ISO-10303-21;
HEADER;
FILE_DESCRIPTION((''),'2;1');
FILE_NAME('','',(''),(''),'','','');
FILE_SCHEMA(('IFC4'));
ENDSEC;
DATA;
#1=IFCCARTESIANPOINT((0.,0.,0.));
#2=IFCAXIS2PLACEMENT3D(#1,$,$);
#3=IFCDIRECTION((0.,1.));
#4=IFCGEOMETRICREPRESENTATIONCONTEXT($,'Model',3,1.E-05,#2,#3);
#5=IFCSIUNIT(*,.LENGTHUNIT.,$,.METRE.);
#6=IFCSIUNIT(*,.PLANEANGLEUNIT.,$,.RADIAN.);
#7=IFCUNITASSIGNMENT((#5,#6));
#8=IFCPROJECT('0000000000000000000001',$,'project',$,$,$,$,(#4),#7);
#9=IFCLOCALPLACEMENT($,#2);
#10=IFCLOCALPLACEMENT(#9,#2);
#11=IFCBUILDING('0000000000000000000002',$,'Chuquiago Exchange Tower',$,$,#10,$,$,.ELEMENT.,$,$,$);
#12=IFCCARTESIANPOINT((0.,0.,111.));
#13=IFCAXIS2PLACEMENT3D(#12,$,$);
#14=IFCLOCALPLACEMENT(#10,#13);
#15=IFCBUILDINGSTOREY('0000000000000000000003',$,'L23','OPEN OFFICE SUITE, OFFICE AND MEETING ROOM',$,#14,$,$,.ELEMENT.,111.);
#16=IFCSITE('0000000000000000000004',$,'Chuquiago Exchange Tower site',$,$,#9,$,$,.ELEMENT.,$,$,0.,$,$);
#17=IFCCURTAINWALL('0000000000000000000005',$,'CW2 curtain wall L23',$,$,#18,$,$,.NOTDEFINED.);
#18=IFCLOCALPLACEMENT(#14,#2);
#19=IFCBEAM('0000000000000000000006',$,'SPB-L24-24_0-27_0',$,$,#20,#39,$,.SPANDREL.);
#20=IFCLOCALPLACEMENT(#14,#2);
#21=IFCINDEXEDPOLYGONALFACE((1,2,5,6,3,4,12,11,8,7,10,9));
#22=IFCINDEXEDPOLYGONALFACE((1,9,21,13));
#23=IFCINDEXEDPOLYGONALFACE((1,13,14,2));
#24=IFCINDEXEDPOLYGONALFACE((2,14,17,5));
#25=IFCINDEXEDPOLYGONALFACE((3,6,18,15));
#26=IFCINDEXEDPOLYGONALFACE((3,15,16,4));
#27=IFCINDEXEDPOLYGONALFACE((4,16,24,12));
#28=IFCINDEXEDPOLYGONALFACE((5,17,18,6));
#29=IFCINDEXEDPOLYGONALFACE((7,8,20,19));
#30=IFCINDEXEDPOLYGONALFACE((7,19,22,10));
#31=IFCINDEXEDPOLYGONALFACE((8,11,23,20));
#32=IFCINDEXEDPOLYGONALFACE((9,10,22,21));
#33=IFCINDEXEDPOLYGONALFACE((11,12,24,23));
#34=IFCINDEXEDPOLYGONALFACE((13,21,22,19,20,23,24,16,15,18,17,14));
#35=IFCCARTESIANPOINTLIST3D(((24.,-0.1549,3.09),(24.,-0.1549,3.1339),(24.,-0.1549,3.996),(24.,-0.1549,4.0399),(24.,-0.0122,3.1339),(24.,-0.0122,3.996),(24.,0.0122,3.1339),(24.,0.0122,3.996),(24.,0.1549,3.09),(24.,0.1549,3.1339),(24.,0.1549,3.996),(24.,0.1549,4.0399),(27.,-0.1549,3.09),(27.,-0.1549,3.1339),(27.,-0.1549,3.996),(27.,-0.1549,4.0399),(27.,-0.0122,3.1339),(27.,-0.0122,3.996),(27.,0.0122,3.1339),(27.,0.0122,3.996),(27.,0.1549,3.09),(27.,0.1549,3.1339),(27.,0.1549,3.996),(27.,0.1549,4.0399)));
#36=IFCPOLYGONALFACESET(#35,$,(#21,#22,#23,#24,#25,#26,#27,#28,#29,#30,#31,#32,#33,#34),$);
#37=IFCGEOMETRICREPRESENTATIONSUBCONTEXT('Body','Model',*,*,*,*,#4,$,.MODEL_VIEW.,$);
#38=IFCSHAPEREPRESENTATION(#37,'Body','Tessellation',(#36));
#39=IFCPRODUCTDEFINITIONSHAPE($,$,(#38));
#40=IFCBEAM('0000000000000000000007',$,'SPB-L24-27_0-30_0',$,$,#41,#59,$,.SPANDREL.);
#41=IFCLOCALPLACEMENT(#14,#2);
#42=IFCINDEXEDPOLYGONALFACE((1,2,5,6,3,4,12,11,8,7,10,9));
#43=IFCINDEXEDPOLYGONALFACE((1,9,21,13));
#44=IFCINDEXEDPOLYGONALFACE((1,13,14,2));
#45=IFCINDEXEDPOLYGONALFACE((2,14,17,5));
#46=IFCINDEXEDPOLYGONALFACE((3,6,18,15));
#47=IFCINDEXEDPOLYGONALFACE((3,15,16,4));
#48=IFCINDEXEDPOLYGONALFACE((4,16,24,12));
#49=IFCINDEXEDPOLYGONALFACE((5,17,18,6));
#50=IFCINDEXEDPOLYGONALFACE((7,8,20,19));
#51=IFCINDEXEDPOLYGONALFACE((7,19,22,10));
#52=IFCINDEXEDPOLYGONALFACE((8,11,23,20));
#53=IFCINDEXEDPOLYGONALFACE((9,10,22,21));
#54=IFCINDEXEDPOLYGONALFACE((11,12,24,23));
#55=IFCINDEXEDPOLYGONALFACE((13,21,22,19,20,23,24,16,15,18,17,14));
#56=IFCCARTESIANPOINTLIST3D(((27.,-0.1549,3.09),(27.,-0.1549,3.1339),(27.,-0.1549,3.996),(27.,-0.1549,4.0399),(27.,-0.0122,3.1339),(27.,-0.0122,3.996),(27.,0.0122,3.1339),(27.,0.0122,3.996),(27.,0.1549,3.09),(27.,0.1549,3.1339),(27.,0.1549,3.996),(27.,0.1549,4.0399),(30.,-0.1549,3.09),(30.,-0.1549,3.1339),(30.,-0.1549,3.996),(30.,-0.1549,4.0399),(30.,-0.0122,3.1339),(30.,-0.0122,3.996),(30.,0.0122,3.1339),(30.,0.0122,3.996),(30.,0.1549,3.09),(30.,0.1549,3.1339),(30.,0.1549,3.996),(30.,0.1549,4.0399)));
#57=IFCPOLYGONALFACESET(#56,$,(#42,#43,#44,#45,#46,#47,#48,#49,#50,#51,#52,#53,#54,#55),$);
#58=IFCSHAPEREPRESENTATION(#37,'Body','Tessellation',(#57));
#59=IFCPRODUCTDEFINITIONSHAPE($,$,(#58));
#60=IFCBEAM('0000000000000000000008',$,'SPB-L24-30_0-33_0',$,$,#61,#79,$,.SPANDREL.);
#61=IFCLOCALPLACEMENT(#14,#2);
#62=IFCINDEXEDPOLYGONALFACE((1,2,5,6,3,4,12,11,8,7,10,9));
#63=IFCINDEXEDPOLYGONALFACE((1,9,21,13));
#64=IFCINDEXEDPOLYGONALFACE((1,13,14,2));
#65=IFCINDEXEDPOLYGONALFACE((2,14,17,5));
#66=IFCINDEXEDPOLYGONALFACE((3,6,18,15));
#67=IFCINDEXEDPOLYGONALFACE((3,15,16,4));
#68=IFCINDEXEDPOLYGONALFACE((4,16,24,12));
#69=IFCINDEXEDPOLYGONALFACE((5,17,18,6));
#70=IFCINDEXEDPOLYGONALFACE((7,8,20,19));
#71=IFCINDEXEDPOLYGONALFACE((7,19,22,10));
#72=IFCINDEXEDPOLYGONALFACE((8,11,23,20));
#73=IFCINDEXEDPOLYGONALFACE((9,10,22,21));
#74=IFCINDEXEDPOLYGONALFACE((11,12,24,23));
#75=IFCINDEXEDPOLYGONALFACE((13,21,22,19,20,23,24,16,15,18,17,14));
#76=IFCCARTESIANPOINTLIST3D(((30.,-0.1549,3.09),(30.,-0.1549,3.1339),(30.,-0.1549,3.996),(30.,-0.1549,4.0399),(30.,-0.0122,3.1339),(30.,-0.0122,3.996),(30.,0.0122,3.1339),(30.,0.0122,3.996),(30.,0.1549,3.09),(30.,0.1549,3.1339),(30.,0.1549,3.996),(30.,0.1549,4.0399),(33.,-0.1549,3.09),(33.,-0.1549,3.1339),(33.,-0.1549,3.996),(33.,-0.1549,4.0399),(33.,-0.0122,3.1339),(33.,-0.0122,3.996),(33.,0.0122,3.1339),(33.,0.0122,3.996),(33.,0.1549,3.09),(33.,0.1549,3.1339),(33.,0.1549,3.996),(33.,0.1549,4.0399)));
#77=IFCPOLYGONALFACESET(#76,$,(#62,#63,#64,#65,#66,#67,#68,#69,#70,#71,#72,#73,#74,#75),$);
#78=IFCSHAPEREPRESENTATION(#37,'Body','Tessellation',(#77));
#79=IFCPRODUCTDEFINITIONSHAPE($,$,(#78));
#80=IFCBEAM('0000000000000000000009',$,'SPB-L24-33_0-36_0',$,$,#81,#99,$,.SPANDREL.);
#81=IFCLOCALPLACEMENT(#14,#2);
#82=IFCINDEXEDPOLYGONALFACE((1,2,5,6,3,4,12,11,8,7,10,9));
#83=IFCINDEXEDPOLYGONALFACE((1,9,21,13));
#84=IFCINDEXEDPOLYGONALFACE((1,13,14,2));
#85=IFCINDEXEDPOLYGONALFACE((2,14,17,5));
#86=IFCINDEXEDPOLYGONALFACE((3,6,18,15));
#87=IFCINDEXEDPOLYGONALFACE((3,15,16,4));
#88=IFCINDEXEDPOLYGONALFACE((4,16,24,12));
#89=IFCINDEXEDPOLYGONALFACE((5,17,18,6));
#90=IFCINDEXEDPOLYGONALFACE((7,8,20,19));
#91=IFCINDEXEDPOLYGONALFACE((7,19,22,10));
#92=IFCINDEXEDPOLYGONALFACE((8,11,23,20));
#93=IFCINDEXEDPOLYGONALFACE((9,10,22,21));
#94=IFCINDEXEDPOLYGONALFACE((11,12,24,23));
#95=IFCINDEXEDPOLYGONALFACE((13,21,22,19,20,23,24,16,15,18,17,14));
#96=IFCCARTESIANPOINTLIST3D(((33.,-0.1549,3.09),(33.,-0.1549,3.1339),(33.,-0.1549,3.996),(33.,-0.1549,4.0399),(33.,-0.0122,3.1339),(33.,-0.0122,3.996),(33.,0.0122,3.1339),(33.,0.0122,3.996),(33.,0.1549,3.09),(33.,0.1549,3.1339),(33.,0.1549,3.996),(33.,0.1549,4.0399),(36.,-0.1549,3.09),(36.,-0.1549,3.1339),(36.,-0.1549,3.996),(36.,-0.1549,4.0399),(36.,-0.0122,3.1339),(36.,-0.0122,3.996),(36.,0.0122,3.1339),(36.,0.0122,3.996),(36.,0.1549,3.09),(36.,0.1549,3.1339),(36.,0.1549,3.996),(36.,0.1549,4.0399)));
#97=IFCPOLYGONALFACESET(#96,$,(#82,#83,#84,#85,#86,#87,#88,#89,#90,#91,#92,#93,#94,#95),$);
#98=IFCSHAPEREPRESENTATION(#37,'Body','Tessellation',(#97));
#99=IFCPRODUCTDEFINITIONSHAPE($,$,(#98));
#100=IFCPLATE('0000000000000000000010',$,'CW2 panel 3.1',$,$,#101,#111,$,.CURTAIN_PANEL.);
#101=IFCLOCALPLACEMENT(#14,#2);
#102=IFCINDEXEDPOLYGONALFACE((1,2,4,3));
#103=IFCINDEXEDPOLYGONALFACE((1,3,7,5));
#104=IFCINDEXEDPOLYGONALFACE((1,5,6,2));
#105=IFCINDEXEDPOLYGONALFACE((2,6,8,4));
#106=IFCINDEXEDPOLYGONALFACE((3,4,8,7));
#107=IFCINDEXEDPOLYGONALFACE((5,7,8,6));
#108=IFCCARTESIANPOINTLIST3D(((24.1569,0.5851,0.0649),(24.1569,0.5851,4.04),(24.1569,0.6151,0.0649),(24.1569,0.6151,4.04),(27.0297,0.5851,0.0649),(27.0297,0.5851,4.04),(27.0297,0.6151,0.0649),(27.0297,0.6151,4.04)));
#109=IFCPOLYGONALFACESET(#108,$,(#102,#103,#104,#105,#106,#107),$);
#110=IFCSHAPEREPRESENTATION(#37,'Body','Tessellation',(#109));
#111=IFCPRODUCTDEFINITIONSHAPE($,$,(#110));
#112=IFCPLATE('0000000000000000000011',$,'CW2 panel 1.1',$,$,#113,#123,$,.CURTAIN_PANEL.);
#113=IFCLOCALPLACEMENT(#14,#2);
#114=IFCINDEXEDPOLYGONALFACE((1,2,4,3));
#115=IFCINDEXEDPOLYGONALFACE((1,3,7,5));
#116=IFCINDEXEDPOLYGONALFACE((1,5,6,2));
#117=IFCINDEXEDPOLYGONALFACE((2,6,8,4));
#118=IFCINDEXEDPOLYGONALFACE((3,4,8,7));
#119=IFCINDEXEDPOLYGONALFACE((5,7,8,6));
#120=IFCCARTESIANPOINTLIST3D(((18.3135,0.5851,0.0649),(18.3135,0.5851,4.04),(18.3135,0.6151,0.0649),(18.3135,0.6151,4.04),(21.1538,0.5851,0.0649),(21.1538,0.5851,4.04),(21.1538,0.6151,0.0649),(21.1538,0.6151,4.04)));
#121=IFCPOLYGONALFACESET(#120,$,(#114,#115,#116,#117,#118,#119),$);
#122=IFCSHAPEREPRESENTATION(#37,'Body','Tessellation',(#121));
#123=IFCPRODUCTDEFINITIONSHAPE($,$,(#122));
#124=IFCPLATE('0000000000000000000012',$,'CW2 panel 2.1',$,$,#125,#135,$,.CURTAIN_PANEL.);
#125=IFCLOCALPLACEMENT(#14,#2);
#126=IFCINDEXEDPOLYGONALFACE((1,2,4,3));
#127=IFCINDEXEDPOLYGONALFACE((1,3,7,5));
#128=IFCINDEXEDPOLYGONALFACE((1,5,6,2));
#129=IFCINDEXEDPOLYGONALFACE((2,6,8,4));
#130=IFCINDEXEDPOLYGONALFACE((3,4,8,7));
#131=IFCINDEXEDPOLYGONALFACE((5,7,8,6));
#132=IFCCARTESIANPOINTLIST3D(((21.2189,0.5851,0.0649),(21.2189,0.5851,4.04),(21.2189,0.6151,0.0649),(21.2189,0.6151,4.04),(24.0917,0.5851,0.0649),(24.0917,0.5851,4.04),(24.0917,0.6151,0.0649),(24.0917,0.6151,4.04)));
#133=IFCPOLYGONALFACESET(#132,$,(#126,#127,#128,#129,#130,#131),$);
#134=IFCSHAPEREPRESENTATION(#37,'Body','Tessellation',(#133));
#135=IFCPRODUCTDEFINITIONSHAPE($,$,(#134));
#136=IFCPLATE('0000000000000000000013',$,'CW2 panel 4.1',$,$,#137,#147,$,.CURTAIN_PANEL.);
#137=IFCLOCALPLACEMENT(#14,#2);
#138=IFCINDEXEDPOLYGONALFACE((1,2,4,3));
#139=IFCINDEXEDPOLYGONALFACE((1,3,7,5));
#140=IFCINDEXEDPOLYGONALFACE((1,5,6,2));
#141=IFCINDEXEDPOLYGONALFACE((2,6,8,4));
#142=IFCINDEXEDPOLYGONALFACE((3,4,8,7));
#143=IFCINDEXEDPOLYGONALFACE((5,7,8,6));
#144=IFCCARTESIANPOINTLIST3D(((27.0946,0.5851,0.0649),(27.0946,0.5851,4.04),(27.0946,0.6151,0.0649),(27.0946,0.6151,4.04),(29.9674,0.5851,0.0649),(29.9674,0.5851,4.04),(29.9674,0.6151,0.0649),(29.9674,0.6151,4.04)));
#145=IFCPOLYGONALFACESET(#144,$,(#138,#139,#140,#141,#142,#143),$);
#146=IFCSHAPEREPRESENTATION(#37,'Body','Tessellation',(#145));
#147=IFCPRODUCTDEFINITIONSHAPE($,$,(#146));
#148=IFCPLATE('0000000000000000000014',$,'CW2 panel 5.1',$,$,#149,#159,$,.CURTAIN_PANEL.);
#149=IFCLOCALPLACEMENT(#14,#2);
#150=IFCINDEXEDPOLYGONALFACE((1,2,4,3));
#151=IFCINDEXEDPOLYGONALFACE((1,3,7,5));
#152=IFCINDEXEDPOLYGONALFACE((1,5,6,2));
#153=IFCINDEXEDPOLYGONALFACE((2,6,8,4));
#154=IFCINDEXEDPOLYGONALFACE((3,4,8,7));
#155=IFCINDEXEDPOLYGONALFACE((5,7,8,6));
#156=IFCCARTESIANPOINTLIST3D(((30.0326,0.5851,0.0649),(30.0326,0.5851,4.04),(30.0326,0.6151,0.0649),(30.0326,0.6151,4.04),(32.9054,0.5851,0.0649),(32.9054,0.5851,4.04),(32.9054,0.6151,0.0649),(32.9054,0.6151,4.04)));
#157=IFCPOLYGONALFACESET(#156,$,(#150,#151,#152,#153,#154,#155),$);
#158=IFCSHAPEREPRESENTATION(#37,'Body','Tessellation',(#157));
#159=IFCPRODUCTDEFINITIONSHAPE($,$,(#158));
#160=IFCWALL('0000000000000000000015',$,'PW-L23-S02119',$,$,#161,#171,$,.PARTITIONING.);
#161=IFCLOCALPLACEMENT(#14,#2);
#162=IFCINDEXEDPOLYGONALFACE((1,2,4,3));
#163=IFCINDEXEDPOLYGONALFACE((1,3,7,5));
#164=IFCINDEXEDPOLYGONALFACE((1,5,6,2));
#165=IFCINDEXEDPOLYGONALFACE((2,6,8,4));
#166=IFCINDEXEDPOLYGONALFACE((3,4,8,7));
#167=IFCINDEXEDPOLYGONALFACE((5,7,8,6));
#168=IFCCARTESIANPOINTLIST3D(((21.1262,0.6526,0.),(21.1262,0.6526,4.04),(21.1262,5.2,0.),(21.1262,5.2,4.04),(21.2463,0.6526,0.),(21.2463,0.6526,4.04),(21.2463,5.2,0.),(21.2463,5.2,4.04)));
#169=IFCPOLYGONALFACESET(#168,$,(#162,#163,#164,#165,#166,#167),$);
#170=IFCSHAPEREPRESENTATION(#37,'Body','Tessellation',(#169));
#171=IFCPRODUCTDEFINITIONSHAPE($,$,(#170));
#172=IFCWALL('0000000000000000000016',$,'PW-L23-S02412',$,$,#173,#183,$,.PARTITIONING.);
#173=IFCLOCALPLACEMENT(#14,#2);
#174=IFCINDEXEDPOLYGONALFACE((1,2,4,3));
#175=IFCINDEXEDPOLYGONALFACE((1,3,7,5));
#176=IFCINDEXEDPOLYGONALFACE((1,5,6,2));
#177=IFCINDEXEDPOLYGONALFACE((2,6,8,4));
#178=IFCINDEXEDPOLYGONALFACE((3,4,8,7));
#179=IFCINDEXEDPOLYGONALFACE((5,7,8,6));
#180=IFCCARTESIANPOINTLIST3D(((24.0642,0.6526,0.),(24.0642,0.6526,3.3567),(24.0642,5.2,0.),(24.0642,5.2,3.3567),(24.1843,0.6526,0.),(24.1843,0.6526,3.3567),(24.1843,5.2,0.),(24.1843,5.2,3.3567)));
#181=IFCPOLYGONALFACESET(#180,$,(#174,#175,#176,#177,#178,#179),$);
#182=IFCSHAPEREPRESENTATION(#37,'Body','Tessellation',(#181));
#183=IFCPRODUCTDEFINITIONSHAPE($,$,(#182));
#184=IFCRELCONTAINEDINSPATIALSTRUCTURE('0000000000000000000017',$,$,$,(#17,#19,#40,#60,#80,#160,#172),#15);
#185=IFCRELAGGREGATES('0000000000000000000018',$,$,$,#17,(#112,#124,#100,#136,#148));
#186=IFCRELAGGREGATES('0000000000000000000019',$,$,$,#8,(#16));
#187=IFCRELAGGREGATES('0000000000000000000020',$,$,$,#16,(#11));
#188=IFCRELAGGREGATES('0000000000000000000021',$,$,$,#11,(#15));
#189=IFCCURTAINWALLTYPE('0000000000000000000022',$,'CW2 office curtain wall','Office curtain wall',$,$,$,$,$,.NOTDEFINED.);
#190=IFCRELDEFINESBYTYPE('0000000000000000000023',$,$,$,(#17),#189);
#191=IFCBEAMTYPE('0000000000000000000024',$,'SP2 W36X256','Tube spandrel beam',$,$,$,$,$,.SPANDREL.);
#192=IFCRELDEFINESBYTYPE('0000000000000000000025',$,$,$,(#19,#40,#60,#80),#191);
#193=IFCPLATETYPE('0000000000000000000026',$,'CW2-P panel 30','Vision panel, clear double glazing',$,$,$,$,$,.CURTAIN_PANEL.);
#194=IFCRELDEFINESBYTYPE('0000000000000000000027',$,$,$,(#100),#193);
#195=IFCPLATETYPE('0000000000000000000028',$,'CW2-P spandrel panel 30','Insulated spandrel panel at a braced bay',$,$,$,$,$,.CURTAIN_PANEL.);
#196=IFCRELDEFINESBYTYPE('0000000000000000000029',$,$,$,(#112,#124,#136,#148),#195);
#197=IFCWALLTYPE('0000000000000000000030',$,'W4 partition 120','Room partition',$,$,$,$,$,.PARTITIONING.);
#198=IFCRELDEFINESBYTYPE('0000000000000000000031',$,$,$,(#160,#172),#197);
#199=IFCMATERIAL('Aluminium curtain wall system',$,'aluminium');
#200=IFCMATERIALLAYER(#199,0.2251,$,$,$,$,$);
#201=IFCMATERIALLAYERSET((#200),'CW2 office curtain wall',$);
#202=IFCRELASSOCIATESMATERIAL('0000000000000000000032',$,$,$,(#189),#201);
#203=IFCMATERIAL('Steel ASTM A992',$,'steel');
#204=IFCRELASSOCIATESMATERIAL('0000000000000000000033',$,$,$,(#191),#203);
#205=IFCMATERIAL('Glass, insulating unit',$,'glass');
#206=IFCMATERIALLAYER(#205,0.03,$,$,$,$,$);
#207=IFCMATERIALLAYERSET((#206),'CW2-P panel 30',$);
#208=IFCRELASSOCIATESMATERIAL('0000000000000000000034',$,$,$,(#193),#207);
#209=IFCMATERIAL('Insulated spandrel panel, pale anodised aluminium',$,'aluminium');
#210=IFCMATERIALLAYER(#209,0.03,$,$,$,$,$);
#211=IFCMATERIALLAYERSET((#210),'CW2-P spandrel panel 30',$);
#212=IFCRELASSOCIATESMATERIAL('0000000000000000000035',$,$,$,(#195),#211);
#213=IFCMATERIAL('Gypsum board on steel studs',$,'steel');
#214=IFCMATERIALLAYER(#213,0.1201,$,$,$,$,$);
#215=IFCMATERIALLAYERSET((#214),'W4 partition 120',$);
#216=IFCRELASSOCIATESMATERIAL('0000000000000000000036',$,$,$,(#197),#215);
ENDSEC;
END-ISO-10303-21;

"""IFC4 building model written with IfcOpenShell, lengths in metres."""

from ifc_helpers import new_model, si_unit, direction, frame, frame_2d, origin, origin_2d, place, context, subcontext, project, spatial, rectangle, i_section, extrude, material, layer, layer_set, material_profile, profile_set, type_object, element, aggregate, save


model = new_model("IFC4")

# Units and contexts
model_context = context("Model", 3, precision=1e-05, world=origin(), true_north=direction((0.0, 1.0)))
body_context = subcontext(model_context, "Body", "Model", "MODEL_VIEW")
ifc_project = project(units=[si_unit("LENGTHUNIT", "METRE"), si_unit("PLANEANGLEUNIT", "RADIAN")], contexts=[model_context])

# Site, building, storey
site_placement = place(None, origin())
site = spatial("IfcSite", under=ifc_project, at=site_placement, Name="Chuquiago Exchange Tower site", CompositionType="ELEMENT", RefElevation=0.0)
building_placement = place(site_placement, origin())
building = spatial("IfcBuilding", under=site, at=building_placement, Name="Chuquiago Exchange Tower", CompositionType="ELEMENT")
storey_placement = place(building_placement, frame((0.0, 0.0, 111.0)))
storey = spatial("IfcBuildingStorey", under=building, at=storey_placement, Name="L23", Description="OPEN OFFICE SUITE, OFFICE AND MEETING ROOM", CompositionType="ELEMENT", Elevation=111.0)

# Curtain wall
ifc_material_1 = material(Name="Aluminium curtain wall system", Category="aluminium")
ifc_layer_1 = layer(ifc_material_1, 0.2251)
ifc_layer_set_1 = layer_set([ifc_layer_1], Name="CW2 office curtain wall")
curtain_wall_type_1 = type_object("IfcCurtainWallType", Name="CW2 office curtain wall", Description="Office curtain wall", PredefinedType="NOTDEFINED", material=ifc_layer_set_1)
curtain_wall_1_placement = place(storey_placement, origin())
curtain_wall_1 = element("IfcCurtainWall", 1, at=curtain_wall_1_placement, inside=storey, type_object=curtain_wall_type_1, Name="CW2 curtain wall L23", PredefinedType="NOTDEFINED")

# Beams
ifc_material_2 = material(Name="Steel ASTM A992", Category="steel")
ifc_material_profile_1 = material_profile(ifc_material_2, i_section(OverallWidth=0.3098, OverallDepth=0.95, WebThickness=0.0244, FlangeThickness=0.0439, at=origin_2d()), Name="W36X256")
ifc_profile_set_1 = profile_set([ifc_material_profile_1], Name="Steel ASTM A992")
beam_type = type_object("IfcBeamType", Name="SP2 W36X256", Description="Tube spandrel beam", PredefinedType="SPANDREL", material=ifc_profile_set_1)
for number, where, z_axis, x_axis, name in (
    (2, (24.0, 0.0, 3.5649), (1.0, 0.0, 0.0), (0.0, 1.0, 0.0), "SPB-L24-24_0-27_0"),
    (3, (27.0, 0.0, 3.5649), (1.0, 0.0, 0.0), (0.0, 1.0, 0.0), "SPB-L24-27_0-30_0"),
    (4, (30.0, 0.0, 3.5649), (1.0, 0.0, 0.0), (0.0, 1.0, 0.0), "SPB-L24-30_0-33_0"),
    (5, (33.0, 0.0, 3.5649), (1.0, 0.0, 0.0), (0.0, 1.0, 0.0), "SPB-L24-33_0-36_0"),
):
    element("IfcBeam", number, at=place(storey_placement, frame(where, z_axis=z_axis, x_axis=x_axis)), inside=storey, type_object=beam_type, Name=name, PredefinedType="SPANDREL", context=body_context, shape_type="SweptSolid", body=[
        extrude(i_section(OverallWidth=0.3098, OverallDepth=0.95, WebThickness=0.0244, FlangeThickness=0.0439, at=origin_2d()), origin(), (0.0, 0.0, 1.0), 3.0),
    ])

# Plates
ifc_material_3 = material(Name="Glass, insulating unit", Category="glass")
ifc_layer_2 = layer(ifc_material_3, 0.03)
ifc_layer_set_2 = layer_set([ifc_layer_2], Name="CW2-P panel 30")
plate_type_1 = type_object("IfcPlateType", Name="CW2-P panel 30", Description="Vision panel, clear double glazing", PredefinedType="CURTAIN_PANEL", material=ifc_layer_set_2)
plate_1_placement = place(storey_placement, frame((25.5933, 0.6001, 0.0649), z_axis=(0.0, 0.0, 1.0), x_axis=(1.0, 0.0, 0.0)))
plate_1 = element("IfcPlate", 6, at=plate_1_placement, type_object=plate_type_1, Name="CW2 panel 3.1", PredefinedType="CURTAIN_PANEL", context=body_context, shape_type="SweptSolid", body=[
    extrude(rectangle(XDim=2.8728, YDim=0.03, at=origin_2d()), origin(), (0.0, 0.0, 1.0), 3.9751),
])
ifc_material_4 = material(Name="Insulated spandrel panel, pale anodised aluminium", Category="aluminium")
ifc_layer_3 = layer(ifc_material_4, 0.03)
ifc_layer_set_3 = layer_set([ifc_layer_3], Name="CW2-P spandrel panel 30")
plate_type_2 = type_object("IfcPlateType", Name="CW2-P spandrel panel 30", Description="Insulated spandrel panel at a braced bay", PredefinedType="CURTAIN_PANEL", material=ifc_layer_set_3)
plate_2_placement = place(storey_placement, frame((19.7336, 0.6001, 0.0649), z_axis=(0.0, 0.0, 1.0), x_axis=(1.0, 0.0, 0.0)))
plate_2 = element("IfcPlate", 7, at=plate_2_placement, type_object=plate_type_2, Name="CW2 panel 1.1", PredefinedType="CURTAIN_PANEL", context=body_context, shape_type="SweptSolid", body=[
    extrude(rectangle(XDim=2.8403, YDim=0.03, at=origin_2d()), origin(), (0.0, 0.0, 1.0), 3.9751),
])
plate_3_placement = place(storey_placement, frame((22.6553, 0.6001, 0.0649), z_axis=(0.0, 0.0, 1.0), x_axis=(1.0, 0.0, 0.0)))
plate_3 = element("IfcPlate", 8, at=plate_3_placement, type_object=plate_type_2, Name="CW2 panel 2.1", PredefinedType="CURTAIN_PANEL", context=body_context, shape_type="SweptSolid", body=[
    extrude(rectangle(XDim=2.8728, YDim=0.03, at=origin_2d()), origin(), (0.0, 0.0, 1.0), 3.9751),
])
plate_4_placement = place(storey_placement, frame((28.531, 0.6001, 0.0649), z_axis=(0.0, 0.0, 1.0), x_axis=(1.0, 0.0, 0.0)))
plate_4 = element("IfcPlate", 9, at=plate_4_placement, type_object=plate_type_2, Name="CW2 panel 4.1", PredefinedType="CURTAIN_PANEL", context=body_context, shape_type="SweptSolid", body=[
    extrude(rectangle(XDim=2.8728, YDim=0.03, at=origin_2d()), origin(), (0.0, 0.0, 1.0), 3.9751),
])
plate_5_placement = place(storey_placement, frame((31.469, 0.6001, 0.0649), z_axis=(0.0, 0.0, 1.0), x_axis=(1.0, 0.0, 0.0)))
plate_5 = element("IfcPlate", 10, at=plate_5_placement, type_object=plate_type_2, Name="CW2 panel 5.1", PredefinedType="CURTAIN_PANEL", context=body_context, shape_type="SweptSolid", body=[
    extrude(rectangle(XDim=2.8728, YDim=0.03, at=origin_2d()), origin(), (0.0, 0.0, 1.0), 3.9751),
])
aggregate(curtain_wall_1, [plate_2, plate_3, plate_1, plate_4, plate_5])

# Walls
ifc_material_5 = material(Name="Gypsum board on steel studs", Category="steel")
ifc_layer_4 = layer(ifc_material_5, 0.1201)
ifc_layer_set_4 = layer_set([ifc_layer_4], Name="W4 partition 120")
wall_type = type_object("IfcWallType", Name="W4 partition 120", Description="Room partition", PredefinedType="PARTITIONING", material=ifc_layer_set_4)
wall_1_placement = place(storey_placement, frame((21.1863, 0.6526, 0.0), z_axis=(0.0, 0.0, 1.0), x_axis=(0.0, 1.0, 0.0)))
element("IfcWall", 11, at=wall_1_placement, inside=storey, type_object=wall_type, Name="PW-L23-S02119", PredefinedType="PARTITIONING", context=body_context, shape_type="SweptSolid", body=[
    extrude(rectangle(XDim=4.5474, YDim=0.1201, at=frame_2d((2.2737, 0.0))), origin(), (0.0, 0.0, 1.0), 4.04),
])
wall_2_placement = place(storey_placement, frame((24.1243, 0.6526, 0.0), z_axis=(0.0, 0.0, 1.0), x_axis=(0.0, 1.0, 0.0)))
element("IfcWall", 12, at=wall_2_placement, inside=storey, type_object=wall_type, Name="PW-L23-S02412", PredefinedType="PARTITIONING", context=body_context, shape_type="SweptSolid", body=[
    extrude(rectangle(XDim=4.5474, YDim=0.1201, at=frame_2d((2.2737, 0.0))), origin(), (0.0, 0.0, 1.0), 3.3567),
])

save(model, "model.ifc")
